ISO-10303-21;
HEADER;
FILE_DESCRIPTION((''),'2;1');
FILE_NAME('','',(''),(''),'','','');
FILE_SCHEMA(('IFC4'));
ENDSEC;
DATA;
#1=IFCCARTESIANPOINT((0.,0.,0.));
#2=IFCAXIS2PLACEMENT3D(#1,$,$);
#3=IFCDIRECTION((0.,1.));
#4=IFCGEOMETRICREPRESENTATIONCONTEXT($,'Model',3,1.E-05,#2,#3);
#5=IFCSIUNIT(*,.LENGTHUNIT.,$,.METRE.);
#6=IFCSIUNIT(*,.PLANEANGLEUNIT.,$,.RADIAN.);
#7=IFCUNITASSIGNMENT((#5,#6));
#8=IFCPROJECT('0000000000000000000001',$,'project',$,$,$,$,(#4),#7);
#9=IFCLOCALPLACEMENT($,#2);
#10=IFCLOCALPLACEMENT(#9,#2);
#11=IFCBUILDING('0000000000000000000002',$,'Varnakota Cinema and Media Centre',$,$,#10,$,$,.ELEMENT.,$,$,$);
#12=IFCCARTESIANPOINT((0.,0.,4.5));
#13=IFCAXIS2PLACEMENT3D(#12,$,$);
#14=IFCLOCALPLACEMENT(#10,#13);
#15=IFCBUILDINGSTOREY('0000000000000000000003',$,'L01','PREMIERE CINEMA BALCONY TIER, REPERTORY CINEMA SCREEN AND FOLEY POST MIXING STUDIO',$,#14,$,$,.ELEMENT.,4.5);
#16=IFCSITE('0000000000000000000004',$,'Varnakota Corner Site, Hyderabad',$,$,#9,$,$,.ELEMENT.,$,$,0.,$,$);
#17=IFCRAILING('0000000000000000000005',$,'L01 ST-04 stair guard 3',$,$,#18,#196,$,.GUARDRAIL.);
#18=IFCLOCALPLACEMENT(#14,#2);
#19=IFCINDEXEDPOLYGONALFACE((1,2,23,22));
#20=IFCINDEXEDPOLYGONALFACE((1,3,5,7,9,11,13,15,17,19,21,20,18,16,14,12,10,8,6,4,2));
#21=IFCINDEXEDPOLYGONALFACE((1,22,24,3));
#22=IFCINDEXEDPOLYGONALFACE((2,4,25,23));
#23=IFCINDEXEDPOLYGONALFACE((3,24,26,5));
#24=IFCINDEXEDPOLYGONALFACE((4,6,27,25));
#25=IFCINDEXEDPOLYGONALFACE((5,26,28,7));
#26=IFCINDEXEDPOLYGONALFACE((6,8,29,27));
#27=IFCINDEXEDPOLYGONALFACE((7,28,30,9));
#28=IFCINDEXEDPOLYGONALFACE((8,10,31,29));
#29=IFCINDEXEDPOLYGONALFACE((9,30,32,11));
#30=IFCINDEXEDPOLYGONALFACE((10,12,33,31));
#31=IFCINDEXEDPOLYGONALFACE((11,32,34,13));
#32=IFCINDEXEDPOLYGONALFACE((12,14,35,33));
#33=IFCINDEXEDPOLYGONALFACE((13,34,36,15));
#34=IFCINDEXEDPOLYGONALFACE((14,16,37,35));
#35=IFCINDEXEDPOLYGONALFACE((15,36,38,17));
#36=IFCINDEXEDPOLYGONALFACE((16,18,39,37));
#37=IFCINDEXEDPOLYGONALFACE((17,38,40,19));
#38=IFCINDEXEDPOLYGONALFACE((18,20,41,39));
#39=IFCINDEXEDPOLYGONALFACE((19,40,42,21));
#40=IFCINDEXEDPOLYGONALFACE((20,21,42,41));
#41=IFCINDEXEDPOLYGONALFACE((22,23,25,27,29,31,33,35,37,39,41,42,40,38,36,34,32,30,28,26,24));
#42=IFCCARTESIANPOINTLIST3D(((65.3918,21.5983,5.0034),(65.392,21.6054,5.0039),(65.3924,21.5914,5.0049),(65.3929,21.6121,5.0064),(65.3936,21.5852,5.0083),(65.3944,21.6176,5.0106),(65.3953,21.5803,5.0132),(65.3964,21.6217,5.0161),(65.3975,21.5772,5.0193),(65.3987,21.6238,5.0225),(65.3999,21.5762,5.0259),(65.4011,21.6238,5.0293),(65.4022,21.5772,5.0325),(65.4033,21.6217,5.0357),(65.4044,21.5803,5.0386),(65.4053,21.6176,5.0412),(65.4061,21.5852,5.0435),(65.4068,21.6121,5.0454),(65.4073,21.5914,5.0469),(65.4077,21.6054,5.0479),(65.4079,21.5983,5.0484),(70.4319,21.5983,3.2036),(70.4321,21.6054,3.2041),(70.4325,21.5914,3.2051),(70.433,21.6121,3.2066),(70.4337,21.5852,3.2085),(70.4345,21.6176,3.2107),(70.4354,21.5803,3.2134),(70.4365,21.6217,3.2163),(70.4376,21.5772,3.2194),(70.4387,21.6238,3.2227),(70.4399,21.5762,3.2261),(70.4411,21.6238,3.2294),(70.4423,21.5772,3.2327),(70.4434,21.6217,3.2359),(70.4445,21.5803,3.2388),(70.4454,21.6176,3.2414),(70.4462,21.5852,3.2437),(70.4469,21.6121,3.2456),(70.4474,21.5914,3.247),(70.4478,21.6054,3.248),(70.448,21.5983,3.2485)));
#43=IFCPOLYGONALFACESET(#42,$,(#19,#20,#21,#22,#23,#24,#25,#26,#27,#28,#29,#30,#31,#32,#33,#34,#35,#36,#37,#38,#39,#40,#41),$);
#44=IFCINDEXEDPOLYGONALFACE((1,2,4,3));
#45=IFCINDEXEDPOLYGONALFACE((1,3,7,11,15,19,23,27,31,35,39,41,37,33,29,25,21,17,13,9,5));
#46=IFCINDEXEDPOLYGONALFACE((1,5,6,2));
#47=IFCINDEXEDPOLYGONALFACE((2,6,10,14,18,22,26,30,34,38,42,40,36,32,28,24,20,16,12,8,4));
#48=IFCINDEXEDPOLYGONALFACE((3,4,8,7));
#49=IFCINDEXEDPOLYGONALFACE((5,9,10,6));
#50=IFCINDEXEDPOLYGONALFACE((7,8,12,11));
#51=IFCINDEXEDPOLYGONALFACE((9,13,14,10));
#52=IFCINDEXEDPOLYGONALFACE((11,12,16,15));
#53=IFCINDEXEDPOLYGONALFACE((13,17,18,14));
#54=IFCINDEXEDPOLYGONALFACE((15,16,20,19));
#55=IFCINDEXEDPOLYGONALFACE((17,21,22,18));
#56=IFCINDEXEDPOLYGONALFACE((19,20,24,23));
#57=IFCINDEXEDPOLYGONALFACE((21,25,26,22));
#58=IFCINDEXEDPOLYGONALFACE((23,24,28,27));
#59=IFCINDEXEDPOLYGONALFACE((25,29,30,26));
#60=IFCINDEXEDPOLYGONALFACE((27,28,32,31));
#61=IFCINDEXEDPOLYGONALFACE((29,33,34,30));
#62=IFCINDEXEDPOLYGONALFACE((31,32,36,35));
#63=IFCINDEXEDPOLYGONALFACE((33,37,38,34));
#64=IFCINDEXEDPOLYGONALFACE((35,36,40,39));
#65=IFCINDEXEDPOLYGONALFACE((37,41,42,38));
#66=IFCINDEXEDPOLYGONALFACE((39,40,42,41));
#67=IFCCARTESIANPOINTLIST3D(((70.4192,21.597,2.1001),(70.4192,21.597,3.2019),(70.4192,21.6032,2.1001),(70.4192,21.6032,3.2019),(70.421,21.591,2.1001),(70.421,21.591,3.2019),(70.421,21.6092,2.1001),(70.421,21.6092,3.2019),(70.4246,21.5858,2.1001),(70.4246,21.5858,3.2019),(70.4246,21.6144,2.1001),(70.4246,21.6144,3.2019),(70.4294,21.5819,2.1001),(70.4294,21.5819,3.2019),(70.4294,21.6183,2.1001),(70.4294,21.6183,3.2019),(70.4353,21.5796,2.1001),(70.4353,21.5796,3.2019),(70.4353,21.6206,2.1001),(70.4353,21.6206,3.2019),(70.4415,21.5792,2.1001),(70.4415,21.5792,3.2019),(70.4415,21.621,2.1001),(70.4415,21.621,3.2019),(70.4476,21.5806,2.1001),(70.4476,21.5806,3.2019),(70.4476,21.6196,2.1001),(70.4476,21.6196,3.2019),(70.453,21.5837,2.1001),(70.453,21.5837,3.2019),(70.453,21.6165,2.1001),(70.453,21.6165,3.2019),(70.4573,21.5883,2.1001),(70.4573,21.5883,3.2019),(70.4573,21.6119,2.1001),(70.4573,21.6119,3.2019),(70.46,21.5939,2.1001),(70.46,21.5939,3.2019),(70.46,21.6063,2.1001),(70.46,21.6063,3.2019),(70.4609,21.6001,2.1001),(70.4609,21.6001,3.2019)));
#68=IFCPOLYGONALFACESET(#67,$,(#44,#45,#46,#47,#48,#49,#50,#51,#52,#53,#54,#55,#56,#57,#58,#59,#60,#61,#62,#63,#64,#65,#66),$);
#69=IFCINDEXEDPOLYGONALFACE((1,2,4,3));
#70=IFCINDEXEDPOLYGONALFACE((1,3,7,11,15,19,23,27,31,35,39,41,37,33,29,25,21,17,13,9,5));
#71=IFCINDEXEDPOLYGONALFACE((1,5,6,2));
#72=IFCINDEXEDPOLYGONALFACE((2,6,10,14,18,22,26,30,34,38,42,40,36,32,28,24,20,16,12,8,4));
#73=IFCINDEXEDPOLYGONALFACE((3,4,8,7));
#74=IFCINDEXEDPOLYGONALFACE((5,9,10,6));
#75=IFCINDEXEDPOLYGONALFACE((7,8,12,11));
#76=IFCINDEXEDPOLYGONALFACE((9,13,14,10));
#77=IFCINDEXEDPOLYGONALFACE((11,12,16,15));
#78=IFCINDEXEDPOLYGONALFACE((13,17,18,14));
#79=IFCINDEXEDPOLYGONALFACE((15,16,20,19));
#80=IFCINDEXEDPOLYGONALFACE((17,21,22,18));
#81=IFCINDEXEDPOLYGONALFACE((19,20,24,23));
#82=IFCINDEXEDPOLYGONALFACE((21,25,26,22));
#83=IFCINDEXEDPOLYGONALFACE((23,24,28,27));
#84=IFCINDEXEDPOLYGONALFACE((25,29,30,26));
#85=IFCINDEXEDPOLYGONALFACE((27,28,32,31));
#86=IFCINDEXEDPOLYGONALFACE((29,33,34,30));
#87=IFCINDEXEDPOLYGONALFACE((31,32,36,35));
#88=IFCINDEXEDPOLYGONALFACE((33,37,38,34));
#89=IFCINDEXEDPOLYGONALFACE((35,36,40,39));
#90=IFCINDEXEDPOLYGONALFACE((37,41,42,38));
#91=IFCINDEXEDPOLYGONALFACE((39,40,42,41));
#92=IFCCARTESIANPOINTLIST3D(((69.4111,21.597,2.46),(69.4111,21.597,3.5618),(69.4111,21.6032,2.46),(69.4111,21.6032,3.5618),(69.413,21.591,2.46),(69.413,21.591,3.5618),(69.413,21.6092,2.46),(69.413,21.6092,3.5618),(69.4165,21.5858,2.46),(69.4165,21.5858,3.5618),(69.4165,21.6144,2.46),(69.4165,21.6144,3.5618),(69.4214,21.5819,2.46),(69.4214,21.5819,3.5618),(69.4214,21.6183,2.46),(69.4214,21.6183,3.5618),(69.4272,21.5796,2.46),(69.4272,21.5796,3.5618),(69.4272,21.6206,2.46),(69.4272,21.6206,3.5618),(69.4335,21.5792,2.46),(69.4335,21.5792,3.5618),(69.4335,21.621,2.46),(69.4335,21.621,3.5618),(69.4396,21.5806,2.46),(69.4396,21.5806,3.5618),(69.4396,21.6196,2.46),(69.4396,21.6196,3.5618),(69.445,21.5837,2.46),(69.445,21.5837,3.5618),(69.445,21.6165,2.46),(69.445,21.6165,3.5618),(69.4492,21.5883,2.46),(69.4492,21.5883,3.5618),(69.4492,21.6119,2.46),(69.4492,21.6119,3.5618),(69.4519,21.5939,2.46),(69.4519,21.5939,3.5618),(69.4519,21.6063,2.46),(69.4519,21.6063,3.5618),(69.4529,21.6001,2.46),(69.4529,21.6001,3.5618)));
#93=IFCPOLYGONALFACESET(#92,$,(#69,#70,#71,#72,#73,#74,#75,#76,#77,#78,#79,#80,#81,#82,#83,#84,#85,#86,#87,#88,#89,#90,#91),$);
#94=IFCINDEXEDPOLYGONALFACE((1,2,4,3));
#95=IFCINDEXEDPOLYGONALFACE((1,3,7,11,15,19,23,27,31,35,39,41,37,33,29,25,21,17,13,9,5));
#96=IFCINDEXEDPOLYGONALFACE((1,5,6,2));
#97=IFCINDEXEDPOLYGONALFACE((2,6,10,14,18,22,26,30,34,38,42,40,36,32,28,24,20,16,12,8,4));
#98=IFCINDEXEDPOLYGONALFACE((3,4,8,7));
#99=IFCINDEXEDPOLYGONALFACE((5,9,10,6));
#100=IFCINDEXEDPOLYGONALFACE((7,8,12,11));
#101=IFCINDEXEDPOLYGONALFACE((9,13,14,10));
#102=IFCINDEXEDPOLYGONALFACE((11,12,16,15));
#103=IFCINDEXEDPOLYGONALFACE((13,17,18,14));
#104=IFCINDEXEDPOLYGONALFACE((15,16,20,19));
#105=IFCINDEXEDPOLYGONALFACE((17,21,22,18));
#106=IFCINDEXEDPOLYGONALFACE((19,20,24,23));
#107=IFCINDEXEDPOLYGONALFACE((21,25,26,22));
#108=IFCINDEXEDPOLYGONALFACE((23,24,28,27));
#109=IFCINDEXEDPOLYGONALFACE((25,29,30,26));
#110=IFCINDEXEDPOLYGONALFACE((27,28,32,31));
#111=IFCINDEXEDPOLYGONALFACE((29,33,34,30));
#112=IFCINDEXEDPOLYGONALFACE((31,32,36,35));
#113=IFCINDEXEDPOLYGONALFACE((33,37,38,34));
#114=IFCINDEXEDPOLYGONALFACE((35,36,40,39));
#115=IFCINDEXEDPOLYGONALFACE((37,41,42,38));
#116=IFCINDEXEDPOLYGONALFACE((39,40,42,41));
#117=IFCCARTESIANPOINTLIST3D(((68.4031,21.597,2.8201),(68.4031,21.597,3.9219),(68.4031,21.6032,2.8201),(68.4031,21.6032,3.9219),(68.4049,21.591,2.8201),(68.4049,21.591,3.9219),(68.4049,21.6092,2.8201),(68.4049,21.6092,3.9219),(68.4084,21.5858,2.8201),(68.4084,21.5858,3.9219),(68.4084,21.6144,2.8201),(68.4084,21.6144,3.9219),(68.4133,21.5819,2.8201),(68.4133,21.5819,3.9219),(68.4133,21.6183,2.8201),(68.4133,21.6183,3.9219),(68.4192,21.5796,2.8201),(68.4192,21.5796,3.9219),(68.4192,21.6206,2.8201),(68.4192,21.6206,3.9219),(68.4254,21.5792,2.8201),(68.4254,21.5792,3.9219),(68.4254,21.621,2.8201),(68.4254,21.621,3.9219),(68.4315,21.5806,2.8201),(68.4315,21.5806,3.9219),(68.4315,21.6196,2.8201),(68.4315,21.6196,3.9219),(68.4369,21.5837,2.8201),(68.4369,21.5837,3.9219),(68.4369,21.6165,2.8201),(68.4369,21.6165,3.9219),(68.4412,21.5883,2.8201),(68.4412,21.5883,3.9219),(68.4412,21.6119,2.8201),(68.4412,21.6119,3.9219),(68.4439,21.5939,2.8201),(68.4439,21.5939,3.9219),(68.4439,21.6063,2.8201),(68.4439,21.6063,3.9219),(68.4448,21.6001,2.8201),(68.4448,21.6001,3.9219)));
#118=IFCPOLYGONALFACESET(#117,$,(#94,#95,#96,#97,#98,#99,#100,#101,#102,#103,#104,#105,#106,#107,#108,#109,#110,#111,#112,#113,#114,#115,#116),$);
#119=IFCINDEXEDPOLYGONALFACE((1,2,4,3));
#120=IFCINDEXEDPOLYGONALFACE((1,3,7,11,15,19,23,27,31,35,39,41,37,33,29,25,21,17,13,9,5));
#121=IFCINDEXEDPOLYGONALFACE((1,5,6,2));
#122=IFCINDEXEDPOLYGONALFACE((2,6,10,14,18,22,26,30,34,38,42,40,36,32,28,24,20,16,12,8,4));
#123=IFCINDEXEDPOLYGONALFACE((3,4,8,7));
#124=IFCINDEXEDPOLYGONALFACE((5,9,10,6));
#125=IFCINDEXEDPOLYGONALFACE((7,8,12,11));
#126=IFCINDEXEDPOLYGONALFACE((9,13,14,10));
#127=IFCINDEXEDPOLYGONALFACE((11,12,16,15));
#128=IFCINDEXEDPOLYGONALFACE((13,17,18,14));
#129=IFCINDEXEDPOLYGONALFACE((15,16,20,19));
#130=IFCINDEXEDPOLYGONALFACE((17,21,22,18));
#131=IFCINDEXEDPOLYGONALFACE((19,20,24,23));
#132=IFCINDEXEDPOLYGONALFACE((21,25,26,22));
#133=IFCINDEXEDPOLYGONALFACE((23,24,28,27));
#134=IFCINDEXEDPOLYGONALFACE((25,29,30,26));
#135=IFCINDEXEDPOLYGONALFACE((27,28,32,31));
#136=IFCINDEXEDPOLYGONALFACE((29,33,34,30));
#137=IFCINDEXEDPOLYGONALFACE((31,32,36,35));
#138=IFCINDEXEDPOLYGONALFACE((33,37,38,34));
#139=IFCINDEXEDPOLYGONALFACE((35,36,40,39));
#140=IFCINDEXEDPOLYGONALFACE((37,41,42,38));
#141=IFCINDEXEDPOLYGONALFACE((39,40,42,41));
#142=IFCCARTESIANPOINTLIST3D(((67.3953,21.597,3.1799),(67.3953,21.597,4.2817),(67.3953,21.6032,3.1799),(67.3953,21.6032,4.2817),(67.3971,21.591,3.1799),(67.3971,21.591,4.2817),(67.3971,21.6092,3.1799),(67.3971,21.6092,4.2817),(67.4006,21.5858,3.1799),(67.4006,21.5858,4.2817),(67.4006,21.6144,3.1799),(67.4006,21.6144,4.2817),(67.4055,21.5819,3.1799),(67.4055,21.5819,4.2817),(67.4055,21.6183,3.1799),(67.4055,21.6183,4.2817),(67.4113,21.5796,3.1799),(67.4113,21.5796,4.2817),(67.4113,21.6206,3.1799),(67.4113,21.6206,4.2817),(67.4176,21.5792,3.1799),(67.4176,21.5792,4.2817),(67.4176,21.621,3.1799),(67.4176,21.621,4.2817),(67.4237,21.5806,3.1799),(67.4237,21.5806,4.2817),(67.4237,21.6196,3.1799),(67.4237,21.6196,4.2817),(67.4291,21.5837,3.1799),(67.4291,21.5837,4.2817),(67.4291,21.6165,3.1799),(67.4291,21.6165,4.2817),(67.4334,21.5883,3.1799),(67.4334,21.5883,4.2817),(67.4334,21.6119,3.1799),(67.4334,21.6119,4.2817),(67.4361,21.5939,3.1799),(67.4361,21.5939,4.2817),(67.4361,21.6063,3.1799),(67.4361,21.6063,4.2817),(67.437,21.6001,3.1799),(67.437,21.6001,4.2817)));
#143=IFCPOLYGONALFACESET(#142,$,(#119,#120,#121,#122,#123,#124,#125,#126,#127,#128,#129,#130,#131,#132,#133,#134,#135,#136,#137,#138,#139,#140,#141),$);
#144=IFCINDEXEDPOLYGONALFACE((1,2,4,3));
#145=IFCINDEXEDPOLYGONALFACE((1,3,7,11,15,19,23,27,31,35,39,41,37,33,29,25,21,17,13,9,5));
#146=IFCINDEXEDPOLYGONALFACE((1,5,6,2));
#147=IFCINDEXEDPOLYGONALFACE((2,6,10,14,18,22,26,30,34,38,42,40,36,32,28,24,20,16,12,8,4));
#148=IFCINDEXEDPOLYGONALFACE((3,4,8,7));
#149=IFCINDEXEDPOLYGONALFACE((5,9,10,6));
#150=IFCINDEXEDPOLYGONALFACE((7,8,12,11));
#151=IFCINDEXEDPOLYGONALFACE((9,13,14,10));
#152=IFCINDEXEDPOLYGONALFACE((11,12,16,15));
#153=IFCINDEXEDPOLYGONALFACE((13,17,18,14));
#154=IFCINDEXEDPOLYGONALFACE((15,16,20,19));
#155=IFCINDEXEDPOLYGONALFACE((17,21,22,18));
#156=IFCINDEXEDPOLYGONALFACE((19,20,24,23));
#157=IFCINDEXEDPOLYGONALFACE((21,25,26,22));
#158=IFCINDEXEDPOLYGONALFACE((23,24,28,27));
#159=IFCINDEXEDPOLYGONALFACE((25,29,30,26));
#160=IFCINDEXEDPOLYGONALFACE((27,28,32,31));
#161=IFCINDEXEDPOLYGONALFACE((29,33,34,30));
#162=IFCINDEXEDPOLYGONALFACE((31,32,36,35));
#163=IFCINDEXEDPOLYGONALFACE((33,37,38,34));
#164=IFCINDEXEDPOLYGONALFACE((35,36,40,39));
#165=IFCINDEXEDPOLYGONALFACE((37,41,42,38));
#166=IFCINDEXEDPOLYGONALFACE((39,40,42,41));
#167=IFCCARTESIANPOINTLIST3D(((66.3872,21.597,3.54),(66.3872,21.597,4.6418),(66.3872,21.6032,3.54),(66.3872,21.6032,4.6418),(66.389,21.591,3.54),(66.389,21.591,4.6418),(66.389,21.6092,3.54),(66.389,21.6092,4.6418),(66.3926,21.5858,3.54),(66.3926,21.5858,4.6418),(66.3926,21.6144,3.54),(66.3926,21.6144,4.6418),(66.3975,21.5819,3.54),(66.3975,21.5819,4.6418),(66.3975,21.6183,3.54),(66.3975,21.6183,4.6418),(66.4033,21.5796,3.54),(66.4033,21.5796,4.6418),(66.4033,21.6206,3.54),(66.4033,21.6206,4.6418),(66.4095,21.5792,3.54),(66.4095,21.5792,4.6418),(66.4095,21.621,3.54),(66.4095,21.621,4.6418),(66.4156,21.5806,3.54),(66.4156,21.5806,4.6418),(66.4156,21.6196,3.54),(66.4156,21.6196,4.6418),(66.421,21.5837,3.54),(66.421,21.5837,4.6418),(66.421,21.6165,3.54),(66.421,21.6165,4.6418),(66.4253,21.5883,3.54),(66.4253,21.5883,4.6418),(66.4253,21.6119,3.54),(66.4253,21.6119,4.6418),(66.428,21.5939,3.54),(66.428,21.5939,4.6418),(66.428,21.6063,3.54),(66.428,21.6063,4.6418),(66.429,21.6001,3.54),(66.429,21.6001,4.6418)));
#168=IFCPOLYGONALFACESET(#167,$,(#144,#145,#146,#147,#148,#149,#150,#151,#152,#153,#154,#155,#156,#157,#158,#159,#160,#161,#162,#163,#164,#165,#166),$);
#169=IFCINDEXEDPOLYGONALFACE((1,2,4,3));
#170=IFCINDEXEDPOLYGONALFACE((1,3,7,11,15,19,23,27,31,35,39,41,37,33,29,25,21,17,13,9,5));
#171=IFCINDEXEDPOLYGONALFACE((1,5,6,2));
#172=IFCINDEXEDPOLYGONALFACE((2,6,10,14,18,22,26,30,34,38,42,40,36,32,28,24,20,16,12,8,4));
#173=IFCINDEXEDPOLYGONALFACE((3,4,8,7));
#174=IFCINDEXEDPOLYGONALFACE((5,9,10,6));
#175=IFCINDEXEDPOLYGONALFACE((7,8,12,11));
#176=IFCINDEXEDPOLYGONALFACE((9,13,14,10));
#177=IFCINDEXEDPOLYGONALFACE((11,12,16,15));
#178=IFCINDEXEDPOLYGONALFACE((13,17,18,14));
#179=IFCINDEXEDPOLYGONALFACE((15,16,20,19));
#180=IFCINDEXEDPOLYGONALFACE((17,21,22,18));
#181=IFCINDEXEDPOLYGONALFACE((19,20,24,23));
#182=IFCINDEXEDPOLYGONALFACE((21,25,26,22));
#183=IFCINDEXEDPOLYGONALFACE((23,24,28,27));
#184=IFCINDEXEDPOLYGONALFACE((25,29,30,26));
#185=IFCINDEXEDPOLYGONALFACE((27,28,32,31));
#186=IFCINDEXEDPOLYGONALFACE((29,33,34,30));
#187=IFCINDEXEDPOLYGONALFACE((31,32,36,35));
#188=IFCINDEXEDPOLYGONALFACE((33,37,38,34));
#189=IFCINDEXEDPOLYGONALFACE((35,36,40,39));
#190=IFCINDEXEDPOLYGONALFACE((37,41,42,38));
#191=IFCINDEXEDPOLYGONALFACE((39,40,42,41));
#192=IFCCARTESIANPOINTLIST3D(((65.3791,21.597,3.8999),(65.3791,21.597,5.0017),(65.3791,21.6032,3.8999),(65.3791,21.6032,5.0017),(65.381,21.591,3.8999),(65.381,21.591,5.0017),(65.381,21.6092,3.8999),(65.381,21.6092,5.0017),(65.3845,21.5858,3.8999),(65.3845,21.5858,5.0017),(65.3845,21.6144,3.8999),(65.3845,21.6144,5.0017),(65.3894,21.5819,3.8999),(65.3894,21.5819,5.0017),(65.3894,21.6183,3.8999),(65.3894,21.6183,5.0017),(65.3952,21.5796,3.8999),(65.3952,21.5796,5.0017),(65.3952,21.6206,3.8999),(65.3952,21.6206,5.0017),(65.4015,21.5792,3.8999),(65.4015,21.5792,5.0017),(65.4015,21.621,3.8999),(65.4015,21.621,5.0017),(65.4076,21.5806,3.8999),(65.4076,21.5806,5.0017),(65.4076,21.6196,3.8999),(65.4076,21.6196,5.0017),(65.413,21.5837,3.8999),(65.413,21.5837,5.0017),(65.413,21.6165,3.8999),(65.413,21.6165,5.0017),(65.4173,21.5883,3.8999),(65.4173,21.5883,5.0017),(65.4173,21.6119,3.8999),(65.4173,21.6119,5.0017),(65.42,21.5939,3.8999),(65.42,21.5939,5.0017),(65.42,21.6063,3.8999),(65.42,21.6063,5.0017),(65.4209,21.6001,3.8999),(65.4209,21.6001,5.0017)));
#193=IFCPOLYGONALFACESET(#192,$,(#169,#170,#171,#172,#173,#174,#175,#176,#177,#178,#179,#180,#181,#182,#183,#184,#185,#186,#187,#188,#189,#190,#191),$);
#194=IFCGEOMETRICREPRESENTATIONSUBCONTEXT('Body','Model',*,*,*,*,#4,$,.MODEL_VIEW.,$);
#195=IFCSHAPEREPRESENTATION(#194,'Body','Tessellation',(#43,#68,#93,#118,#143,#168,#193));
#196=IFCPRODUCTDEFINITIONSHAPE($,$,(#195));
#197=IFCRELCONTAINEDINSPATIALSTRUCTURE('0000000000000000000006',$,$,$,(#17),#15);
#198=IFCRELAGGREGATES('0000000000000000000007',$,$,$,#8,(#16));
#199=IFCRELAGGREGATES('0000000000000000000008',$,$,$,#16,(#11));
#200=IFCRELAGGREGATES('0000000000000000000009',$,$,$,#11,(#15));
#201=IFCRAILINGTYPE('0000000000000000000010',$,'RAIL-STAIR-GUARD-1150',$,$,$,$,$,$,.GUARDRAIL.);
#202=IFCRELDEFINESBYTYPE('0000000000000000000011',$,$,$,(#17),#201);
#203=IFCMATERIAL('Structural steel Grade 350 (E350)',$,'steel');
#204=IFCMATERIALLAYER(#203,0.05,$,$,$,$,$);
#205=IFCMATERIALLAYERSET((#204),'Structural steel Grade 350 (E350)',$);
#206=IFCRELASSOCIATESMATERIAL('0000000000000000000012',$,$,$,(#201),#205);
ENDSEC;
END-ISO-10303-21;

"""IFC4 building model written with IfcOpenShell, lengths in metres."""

from ifc_helpers import new_model, si_unit, direction, frame, origin, origin_2d, place, context, subcontext, project, spatial, circle, extrude, material, layer, layer_set, type_object, element, save


model = new_model("IFC4")

# Units and contexts
model_context = context("Model", 3, precision=1e-05, world=origin(), true_north=direction((0.0, 1.0)))
body_context = subcontext(model_context, "Body", "Model", "MODEL_VIEW")
ifc_project = project(units=[si_unit("LENGTHUNIT", "METRE"), si_unit("PLANEANGLEUNIT", "RADIAN")], contexts=[model_context])

# Site, building, storey
site_placement = place(None, origin())
site = spatial("IfcSite", under=ifc_project, at=site_placement, Name="Varnakota Corner Site, Hyderabad", CompositionType="ELEMENT", RefElevation=0.0)
building_placement = place(site_placement, origin())
building = spatial("IfcBuilding", under=site, at=building_placement, Name="Varnakota Cinema and Media Centre", CompositionType="ELEMENT")
storey_placement = place(building_placement, frame((0.0, 0.0, 4.5)))
storey = spatial("IfcBuildingStorey", under=building, at=storey_placement, Name="L01", Description="PREMIERE CINEMA BALCONY TIER, REPERTORY CINEMA SCREEN AND FOLEY POST MIXING STUDIO", CompositionType="ELEMENT", Elevation=4.5)

# Railing
ifc_material_1 = material(Name="Structural steel Grade 350 (E350)", Category="steel")
ifc_layer_1 = layer(ifc_material_1, 0.05)
ifc_layer_set_1 = layer_set([ifc_layer_1], Name="Structural steel Grade 350 (E350)")
railing_type_1 = type_object("IfcRailingType", Name="RAIL-STAIR-GUARD-1150", PredefinedType="GUARDRAIL", material=ifc_layer_set_1)
railing_1_placement = place(storey_placement, frame((70.4399, 21.6001, 2.1001)))
element("IfcRailing", 1, at=railing_1_placement, inside=storey, type_object=railing_type_1, Name="L01 ST-04 stair guard 3", PredefinedType="GUARDRAIL", context=body_context, shape_type="SweptSolid", body=[
    extrude(circle(Radius=0.0239, at=origin_2d()), frame((0.0, 0.0, 1.126), z_axis=(-0.941754, 0.0, 0.336302), x_axis=(0.0, -1.0, 0.0)), (0.0, 0.0, 1.0), 5.3518),
    extrude(circle(Radius=0.021, at=origin_2d()), origin(), (0.0, 0.0, 1.0), 1.1018),
    extrude(circle(Radius=0.021, at=origin_2d()), frame((-1.0081, 0.0, 0.3599)), (0.0, 0.0, 1.0), 1.1018),
    extrude(circle(Radius=0.021, at=origin_2d()), frame((-2.0161, 0.0, 0.72)), (0.0, 0.0, 1.0), 1.1018),
    extrude(circle(Radius=0.021, at=origin_2d()), frame((-3.0239, 0.0, 1.0798)), (0.0, 0.0, 1.0), 1.1018),
    extrude(circle(Radius=0.021, at=origin_2d()), frame((-4.032, 0.0, 1.4399)), (0.0, 0.0, 1.0), 1.1018),
    extrude(circle(Radius=0.021, at=origin_2d()), frame((-5.04, 0.0, 1.7998)), (0.0, 0.0, 1.0), 1.1018),
])

save(model, "model.ifc")
